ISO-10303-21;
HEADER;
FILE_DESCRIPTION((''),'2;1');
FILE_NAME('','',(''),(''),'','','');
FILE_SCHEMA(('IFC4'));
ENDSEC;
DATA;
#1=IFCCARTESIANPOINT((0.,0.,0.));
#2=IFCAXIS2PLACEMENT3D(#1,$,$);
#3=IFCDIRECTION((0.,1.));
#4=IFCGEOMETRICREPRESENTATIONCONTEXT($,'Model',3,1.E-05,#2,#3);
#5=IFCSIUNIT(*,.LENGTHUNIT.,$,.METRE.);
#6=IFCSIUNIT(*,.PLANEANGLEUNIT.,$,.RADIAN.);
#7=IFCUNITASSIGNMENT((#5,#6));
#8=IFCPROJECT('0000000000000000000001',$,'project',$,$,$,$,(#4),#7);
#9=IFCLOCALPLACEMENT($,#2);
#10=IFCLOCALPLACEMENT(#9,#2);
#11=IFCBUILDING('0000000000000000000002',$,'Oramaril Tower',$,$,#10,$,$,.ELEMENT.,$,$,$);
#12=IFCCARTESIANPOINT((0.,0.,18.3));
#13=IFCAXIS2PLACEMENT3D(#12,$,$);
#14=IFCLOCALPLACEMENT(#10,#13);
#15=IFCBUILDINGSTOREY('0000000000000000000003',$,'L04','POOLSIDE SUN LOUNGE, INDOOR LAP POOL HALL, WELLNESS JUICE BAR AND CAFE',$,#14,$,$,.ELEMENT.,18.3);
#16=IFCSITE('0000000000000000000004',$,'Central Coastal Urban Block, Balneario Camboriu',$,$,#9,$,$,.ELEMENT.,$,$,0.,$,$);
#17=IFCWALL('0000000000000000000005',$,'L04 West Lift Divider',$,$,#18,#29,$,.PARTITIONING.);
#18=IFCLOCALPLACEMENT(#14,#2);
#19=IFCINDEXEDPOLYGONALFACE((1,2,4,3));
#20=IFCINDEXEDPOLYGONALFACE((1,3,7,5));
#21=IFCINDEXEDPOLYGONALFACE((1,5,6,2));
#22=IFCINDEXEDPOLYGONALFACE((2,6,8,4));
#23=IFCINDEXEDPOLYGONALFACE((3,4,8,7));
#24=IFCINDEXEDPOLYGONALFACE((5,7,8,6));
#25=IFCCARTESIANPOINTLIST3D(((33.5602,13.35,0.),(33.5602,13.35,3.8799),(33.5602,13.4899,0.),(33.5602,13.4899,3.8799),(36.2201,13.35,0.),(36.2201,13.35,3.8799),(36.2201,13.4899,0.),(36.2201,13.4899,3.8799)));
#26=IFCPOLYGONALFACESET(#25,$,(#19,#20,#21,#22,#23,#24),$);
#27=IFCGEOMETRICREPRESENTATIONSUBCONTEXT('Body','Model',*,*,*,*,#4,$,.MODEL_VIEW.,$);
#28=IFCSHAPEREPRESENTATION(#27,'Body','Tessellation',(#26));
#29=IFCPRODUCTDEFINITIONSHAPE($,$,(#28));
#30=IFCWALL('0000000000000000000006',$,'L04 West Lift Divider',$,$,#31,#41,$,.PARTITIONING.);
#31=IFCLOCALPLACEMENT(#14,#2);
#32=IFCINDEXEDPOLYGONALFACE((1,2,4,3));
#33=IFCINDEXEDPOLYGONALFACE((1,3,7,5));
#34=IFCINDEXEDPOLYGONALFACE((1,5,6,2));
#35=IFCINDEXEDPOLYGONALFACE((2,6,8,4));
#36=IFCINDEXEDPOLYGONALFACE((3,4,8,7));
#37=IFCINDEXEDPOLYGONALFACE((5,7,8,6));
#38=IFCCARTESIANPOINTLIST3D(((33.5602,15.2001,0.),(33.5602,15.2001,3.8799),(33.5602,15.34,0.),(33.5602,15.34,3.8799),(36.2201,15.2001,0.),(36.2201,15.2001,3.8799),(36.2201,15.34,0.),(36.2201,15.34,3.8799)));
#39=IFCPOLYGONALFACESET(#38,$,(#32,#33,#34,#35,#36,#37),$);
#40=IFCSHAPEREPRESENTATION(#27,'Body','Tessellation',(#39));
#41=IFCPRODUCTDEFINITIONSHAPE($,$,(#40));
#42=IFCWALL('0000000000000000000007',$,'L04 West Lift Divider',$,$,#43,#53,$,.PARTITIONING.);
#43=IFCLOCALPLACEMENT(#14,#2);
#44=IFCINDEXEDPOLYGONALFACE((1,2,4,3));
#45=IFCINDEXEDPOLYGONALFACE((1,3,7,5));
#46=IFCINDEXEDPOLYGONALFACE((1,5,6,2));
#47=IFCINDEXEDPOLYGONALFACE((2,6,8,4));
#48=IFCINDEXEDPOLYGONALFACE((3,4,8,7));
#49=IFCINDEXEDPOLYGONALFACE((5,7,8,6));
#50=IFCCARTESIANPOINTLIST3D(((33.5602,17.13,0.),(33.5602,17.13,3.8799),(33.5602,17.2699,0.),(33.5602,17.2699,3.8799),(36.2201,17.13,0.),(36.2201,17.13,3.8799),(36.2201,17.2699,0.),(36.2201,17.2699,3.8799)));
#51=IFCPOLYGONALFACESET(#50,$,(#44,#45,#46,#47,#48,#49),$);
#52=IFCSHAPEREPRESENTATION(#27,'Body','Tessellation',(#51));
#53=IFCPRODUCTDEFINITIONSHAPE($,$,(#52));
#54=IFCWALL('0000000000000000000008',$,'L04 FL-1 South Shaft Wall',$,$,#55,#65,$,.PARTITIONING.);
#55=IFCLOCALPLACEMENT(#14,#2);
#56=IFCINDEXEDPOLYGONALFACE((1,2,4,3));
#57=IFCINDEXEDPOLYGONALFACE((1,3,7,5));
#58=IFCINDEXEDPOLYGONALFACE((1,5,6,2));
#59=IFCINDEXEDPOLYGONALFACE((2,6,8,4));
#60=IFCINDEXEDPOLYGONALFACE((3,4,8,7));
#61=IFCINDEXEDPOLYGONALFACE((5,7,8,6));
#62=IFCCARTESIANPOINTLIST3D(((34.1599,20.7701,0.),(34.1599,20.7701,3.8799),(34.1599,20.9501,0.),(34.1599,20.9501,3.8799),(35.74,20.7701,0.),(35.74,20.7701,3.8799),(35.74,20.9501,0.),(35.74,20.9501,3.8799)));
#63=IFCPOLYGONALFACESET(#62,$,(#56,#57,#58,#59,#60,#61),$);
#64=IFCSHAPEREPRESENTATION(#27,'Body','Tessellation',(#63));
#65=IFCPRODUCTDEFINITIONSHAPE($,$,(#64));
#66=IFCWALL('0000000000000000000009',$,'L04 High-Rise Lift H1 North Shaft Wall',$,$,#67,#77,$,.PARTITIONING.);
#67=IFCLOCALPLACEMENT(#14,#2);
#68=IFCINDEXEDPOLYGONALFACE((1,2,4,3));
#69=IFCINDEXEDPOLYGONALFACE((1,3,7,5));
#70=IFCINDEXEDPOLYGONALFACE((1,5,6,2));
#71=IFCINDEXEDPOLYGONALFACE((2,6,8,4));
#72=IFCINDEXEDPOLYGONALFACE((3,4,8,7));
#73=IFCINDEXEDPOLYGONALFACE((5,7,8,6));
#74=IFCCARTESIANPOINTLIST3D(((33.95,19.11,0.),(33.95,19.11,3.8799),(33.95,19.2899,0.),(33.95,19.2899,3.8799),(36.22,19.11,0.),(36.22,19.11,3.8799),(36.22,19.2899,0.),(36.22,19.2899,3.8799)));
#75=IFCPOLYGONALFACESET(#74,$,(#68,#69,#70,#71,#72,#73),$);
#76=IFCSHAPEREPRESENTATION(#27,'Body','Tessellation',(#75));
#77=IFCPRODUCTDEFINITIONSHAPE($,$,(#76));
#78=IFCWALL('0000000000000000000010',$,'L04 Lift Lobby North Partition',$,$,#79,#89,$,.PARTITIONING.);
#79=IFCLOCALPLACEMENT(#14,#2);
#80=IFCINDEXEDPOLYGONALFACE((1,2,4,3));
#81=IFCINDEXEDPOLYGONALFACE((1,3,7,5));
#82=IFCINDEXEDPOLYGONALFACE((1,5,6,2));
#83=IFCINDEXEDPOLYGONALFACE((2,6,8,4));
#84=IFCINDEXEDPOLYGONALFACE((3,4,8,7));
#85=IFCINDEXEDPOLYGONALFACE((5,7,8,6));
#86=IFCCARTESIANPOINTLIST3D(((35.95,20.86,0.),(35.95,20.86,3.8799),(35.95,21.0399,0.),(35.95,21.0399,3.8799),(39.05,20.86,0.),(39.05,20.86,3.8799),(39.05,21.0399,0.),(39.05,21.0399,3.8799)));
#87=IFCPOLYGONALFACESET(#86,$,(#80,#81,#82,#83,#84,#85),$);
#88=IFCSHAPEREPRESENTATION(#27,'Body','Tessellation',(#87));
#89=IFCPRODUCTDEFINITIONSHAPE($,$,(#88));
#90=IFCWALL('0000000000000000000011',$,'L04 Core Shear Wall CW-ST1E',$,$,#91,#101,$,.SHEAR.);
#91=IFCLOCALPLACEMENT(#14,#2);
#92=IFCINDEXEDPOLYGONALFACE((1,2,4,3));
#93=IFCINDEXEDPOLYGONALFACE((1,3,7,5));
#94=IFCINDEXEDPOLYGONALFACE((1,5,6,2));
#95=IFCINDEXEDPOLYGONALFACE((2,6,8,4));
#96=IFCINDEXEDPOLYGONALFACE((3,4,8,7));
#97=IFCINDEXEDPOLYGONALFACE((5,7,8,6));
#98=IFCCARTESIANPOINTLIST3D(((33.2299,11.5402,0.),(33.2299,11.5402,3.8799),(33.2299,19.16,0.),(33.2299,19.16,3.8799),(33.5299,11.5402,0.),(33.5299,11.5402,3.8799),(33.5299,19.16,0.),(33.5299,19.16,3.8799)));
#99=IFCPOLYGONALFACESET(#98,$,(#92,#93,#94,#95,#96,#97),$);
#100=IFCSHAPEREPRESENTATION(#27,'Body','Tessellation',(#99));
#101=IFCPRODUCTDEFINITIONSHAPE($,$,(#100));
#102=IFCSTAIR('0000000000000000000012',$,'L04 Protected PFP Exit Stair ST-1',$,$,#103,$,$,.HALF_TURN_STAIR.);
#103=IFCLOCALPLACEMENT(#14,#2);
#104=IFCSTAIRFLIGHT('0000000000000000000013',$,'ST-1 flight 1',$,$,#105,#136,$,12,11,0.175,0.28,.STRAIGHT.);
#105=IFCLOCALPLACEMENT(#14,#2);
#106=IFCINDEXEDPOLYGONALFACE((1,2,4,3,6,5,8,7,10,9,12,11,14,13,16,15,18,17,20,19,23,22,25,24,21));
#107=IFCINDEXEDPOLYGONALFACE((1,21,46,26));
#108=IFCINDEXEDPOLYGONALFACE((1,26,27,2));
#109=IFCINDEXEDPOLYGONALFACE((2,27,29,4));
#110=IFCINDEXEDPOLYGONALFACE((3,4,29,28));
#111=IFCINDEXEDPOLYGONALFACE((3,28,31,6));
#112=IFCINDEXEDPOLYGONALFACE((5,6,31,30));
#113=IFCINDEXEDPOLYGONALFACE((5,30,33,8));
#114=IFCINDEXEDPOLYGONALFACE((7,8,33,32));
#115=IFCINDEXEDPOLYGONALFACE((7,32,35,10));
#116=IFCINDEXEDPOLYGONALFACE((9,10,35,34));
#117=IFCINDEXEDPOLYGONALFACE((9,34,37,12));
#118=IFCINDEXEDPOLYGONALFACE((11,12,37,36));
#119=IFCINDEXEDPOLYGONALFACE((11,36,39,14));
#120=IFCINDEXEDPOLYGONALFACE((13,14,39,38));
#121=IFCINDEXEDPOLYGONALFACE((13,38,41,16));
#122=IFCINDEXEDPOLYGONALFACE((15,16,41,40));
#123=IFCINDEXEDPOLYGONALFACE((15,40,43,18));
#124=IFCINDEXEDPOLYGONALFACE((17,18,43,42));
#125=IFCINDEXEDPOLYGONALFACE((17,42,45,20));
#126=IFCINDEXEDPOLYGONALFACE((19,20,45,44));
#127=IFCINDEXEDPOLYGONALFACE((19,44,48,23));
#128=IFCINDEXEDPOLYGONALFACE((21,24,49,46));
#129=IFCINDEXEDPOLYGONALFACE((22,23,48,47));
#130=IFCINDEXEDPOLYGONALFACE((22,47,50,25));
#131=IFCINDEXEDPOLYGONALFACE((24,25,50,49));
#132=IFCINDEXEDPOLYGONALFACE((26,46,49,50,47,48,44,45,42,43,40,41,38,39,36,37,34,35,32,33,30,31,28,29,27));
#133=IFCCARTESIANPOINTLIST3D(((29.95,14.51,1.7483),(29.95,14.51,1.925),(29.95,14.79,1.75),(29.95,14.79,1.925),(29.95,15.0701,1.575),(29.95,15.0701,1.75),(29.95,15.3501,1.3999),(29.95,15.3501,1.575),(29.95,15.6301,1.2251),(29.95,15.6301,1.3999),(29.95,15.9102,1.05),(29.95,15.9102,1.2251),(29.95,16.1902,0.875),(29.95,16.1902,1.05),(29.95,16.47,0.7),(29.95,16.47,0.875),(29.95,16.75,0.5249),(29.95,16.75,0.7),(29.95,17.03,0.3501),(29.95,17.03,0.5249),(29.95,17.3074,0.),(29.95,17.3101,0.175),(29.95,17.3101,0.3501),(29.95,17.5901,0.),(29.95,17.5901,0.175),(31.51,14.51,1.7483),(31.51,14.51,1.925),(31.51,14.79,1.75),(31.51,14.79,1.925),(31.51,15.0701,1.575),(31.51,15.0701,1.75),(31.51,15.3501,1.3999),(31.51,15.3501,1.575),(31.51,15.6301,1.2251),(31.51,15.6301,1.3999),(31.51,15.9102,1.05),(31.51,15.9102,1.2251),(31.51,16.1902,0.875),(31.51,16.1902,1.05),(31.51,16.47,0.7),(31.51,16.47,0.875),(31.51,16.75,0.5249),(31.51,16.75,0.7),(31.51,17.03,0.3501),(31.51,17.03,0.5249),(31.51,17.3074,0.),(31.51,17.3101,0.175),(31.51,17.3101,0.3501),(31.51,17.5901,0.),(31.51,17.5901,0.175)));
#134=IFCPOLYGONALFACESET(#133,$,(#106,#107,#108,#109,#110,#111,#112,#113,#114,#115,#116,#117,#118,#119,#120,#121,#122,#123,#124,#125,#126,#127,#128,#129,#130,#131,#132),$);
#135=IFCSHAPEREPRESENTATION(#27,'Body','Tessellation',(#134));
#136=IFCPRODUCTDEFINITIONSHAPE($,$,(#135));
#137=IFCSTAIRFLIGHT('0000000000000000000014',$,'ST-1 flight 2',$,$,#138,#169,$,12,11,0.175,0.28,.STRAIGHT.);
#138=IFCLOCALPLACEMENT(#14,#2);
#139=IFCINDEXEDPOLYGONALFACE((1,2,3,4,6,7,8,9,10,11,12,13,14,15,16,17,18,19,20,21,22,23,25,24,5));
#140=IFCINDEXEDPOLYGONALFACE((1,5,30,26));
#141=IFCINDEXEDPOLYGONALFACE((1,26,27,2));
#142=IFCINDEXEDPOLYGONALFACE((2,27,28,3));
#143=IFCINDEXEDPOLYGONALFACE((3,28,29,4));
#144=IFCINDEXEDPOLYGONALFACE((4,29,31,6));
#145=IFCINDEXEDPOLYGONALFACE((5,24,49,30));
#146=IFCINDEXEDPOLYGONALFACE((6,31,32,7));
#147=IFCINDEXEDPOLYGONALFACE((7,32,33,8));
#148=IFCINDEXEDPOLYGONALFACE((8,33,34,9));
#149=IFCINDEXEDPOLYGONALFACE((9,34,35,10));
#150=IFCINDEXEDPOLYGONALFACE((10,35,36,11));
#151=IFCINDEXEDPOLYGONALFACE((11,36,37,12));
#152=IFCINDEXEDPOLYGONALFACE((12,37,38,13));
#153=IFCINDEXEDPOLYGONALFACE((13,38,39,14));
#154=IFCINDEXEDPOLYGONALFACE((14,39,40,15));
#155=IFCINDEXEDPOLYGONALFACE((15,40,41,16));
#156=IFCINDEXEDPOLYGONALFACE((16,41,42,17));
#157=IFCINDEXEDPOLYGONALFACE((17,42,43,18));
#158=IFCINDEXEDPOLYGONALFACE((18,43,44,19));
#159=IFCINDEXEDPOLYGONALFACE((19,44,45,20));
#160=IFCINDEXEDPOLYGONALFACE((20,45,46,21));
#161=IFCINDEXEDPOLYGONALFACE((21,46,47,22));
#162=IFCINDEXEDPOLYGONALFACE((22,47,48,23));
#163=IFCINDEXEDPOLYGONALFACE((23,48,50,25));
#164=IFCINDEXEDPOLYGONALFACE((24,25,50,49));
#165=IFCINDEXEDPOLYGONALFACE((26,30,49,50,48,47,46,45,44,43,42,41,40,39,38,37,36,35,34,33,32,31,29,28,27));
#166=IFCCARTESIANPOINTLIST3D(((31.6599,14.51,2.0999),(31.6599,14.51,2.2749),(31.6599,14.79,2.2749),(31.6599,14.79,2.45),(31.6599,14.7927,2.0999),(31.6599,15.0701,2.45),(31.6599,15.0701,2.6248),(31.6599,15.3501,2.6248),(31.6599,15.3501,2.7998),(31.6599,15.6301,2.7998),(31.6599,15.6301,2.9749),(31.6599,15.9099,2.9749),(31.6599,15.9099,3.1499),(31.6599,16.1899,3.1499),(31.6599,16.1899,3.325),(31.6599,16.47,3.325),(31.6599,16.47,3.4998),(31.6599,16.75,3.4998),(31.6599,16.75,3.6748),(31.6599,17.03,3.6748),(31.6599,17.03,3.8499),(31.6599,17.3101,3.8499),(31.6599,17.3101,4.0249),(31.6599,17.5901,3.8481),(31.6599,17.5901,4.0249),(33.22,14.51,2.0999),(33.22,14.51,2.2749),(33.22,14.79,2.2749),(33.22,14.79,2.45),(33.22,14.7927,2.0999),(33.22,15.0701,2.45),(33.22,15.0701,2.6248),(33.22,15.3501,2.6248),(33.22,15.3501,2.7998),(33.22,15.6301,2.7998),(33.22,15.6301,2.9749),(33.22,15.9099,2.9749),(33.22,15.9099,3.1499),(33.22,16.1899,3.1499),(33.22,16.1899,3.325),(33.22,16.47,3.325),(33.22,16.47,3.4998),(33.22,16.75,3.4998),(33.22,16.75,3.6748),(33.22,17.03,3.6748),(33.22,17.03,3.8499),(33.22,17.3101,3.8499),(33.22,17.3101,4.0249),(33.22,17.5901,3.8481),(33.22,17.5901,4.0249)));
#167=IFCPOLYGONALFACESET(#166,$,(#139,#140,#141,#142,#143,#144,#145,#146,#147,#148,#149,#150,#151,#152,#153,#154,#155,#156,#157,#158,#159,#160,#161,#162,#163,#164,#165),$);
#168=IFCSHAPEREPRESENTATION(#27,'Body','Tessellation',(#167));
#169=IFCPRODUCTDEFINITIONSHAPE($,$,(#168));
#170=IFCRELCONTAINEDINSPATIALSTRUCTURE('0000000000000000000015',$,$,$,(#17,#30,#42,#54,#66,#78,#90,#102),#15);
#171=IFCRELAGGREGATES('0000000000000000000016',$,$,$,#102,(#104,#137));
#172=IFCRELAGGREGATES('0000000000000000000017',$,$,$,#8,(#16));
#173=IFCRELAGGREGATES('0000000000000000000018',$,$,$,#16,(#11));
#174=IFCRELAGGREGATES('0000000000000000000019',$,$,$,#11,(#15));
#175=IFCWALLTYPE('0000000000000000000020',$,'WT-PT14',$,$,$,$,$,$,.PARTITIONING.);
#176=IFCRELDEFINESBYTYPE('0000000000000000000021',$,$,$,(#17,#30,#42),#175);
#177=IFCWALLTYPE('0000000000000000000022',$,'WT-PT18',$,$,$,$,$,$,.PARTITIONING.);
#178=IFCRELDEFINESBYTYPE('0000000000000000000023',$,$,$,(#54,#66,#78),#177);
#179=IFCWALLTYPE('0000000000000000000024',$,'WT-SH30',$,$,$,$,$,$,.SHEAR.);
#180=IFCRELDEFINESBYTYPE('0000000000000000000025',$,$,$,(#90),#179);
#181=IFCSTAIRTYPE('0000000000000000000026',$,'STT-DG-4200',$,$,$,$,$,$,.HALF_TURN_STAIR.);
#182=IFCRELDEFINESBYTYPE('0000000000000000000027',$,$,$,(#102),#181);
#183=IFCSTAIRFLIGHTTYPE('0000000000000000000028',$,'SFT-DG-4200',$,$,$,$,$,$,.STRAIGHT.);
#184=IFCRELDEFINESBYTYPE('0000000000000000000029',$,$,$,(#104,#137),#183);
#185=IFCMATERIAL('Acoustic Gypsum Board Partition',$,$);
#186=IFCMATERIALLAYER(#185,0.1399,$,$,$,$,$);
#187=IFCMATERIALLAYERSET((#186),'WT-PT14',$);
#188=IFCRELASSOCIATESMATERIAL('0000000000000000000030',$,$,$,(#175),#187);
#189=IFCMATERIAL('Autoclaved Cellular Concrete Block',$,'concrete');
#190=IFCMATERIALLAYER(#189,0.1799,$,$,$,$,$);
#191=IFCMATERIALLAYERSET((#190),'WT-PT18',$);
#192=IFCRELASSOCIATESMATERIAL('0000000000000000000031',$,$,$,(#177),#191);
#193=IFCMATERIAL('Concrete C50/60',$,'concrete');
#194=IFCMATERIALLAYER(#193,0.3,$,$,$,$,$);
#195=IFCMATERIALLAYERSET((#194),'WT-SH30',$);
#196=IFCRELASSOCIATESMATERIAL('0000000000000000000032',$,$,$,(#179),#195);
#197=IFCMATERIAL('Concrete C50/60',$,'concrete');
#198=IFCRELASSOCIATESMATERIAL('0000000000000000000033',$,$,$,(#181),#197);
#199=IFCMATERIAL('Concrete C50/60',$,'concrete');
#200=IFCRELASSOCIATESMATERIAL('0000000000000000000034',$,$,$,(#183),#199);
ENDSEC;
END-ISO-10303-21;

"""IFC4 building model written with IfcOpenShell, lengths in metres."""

from ifc_helpers import new_model, si_unit, direction, frame, frame_2d, origin, place, context, subcontext, project, spatial, polyline, rectangle, outline, extrude, material, layer, layer_set, type_object, element, aggregate, save


model = new_model("IFC4")

# Units and contexts
model_context = context("Model", 3, precision=1e-05, world=origin(), true_north=direction((0.0, 1.0)))
body_context = subcontext(model_context, "Body", "Model", "MODEL_VIEW")
ifc_project = project(units=[si_unit("LENGTHUNIT", "METRE"), si_unit("PLANEANGLEUNIT", "RADIAN")], contexts=[model_context])

# Site, building, storey
site_placement = place(None, origin())
site = spatial("IfcSite", under=ifc_project, at=site_placement, Name="Central Coastal Urban Block, Balneario Camboriu", CompositionType="ELEMENT", RefElevation=0.0)
building_placement = place(site_placement, origin())
building = spatial("IfcBuilding", under=site, at=building_placement, Name="Oramaril Tower", CompositionType="ELEMENT")
storey_placement = place(building_placement, frame((0.0, 0.0, 18.3)))
storey = spatial("IfcBuildingStorey", under=building, at=storey_placement, Name="L04", Description="POOLSIDE SUN LOUNGE, INDOOR LAP POOL HALL, WELLNESS JUICE BAR AND CAFE", CompositionType="ELEMENT", Elevation=18.3)

# Walls
ifc_material_1 = material(Name="Acoustic Gypsum Board Partition")
ifc_layer_1 = layer(ifc_material_1, 0.1399)
ifc_layer_set_1 = layer_set([ifc_layer_1], Name="WT-PT14")
wall_type_1 = type_object("IfcWallType", Name="WT-PT14", PredefinedType="PARTITIONING", material=ifc_layer_set_1)
for number, where, z_axis, x_axis, name in (
    (1, (33.5601, 13.4199, 0.0), (0.0, 0.0, 1.0), (1.0, 0.0, 0.0), "L04 West Lift Divider"),
    (2, (33.5601, 15.27, 0.0), (0.0, 0.0, 1.0), (1.0, 0.0, 0.0), "L04 West Lift Divider"),
    (3, (33.5601, 17.2, 0.0), (0.0, 0.0, 1.0), (1.0, 0.0, 0.0), "L04 West Lift Divider"),
):
    element("IfcWall", number, at=place(storey_placement, frame(where, z_axis=z_axis, x_axis=x_axis)), inside=storey, type_object=wall_type_1, Name=name, PredefinedType="PARTITIONING", context=body_context, shape_type="SweptSolid", body=[
        extrude(rectangle(XDim=2.6599, YDim=0.1399, at=frame_2d((1.3301, 0.0))), origin(), (0.0, 0.0, 1.0), 3.8799),
    ])
ifc_material_2 = material(Name="Autoclaved Cellular Concrete Block", Category="concrete")
ifc_layer_2 = layer(ifc_material_2, 0.1799)
ifc_layer_set_2 = layer_set([ifc_layer_2], Name="WT-PT18")
wall_type_2 = type_object("IfcWallType", Name="WT-PT18", PredefinedType="PARTITIONING", material=ifc_layer_set_2)
wall_1_placement = place(storey_placement, frame((34.1599, 20.8601, 0.0), z_axis=(0.0, 0.0, 1.0), x_axis=(1.0, 0.0, 0.0)))
element("IfcWall", 4, at=wall_1_placement, inside=storey, type_object=wall_type_2, Name="L04 FL-1 South Shaft Wall", PredefinedType="PARTITIONING", context=body_context, shape_type="SweptSolid", body=[
    extrude(rectangle(XDim=1.5801, YDim=0.1799, at=frame_2d((0.79, 0.0))), origin(), (0.0, 0.0, 1.0), 3.8799),
])
wall_2_placement = place(storey_placement, frame((33.95, 19.2, 0.0), z_axis=(0.0, 0.0, 1.0), x_axis=(1.0, 0.0, 0.0)))
element("IfcWall", 5, at=wall_2_placement, inside=storey, type_object=wall_type_2, Name="L04 High-Rise Lift H1 North Shaft Wall", PredefinedType="PARTITIONING", context=body_context, shape_type="SweptSolid", body=[
    extrude(rectangle(XDim=2.27, YDim=0.1799, at=frame_2d((1.135, 0.0))), origin(), (0.0, 0.0, 1.0), 3.8799),
])
wall_3_placement = place(storey_placement, frame((35.95, 20.95, 0.0), z_axis=(0.0, 0.0, 1.0), x_axis=(1.0, 0.0, 0.0)))
element("IfcWall", 6, at=wall_3_placement, inside=storey, type_object=wall_type_2, Name="L04 Lift Lobby North Partition", PredefinedType="PARTITIONING", context=body_context, shape_type="SweptSolid", body=[
    extrude(rectangle(XDim=3.1001, YDim=0.1799, at=frame_2d((1.55, 0.0))), origin(), (0.0, 0.0, 1.0), 3.8799),
])

# Shared definitions
ifc_material_3 = material(Name="Concrete C50/60", Category="concrete")
ifc_layer_3 = layer(ifc_material_3, 0.3)
ifc_layer_set_3 = layer_set([ifc_layer_3], Name="WT-SH30")
wall_type_3 = type_object("IfcWallType", Name="WT-SH30", PredefinedType="SHEAR", material=ifc_layer_set_3)

# Wall
wall_4_placement = place(storey_placement, frame((33.3799, 11.54, 0.0), z_axis=(0.0, 0.0, 1.0), x_axis=(0.0, 1.0, 0.0)))
element("IfcWall", 7, at=wall_4_placement, inside=storey, type_object=wall_type_3, Name="L04 Core Shear Wall CW-ST1E", PredefinedType="SHEAR", context=body_context, shape_type="SweptSolid", body=[
    extrude(rectangle(XDim=7.6199, YDim=0.3, at=frame_2d((3.8101, 0.0))), origin(), (0.0, 0.0, 1.0), 3.8799),
])

# Stair, stair flights
ifc_material_4 = material(Name="Concrete C50/60", Category="concrete")
stair_type = type_object("IfcStairType", Name="STT-DG-4200", PredefinedType="HALF_TURN_STAIR", material=ifc_material_4)
stair_placement = place(storey_placement, origin())
stair = element("IfcStair", 8, at=stair_placement, inside=storey, type_object=stair_type, Name="L04 Protected PFP Exit Stair ST-1", PredefinedType="HALF_TURN_STAIR")
ifc_material_5 = material(Name="Concrete C50/60", Category="concrete")
stair_flight_type = type_object("IfcStairFlightType", Name="SFT-DG-4200", PredefinedType="STRAIGHT", material=ifc_material_5)
stair_flight_1_placement = place(storey_placement, frame((30.73, 17.5901, 0.0), z_axis=(0.0, 0.0, 1.0), x_axis=(0.0, -1.0, 0.0)))
stair_flight_1 = element("IfcStairFlight", 9, at=stair_flight_1_placement, type_object=stair_flight_type, Name="ST-1 flight 1", NumberOfRisers=12, NumberOfTreads=11, PredefinedType="STRAIGHT", RiserHeight=0.175, TreadLength=0.28, context=body_context, shape_type="SweptSolid", body=[
    extrude(outline(polyline([(0.0, 0.0), (0.0, 0.175), (0.28, 0.175), (0.28, 0.3501), (0.5601, 0.3501), (0.5601, 0.5249), (0.8401, 0.5249), (0.8401, 0.7), (1.1201, 0.7), (1.1201, 0.875), (1.3999, 0.875), (1.3999, 1.05), (1.6799, 1.05), (1.6799, 1.2251), (1.96, 1.2251), (1.96, 1.3999), (2.24, 1.3999), (2.24, 1.575), (2.52, 1.575), (2.52, 1.75), (2.8, 1.75), (2.8, 1.925), (3.0801, 1.925), (3.0801, 2.1001), (3.0801, 1.7483), (0.2827, 0.0), (0.0, 0.0)])), frame((0.0, 0.78, 0.0), z_axis=(0.0, -1.0, 0.0), x_axis=(1.0, 0.0, 0.0)), (0.0, 0.0, 1.0), 1.5601),
])
stair_flight_2_placement = place(storey_placement, frame((32.4399, 14.51, 2.0999), z_axis=(0.0, 0.0, 1.0), x_axis=(0.0, 1.0, 0.0)))
stair_flight_2 = element("IfcStairFlight", 10, at=stair_flight_2_placement, type_object=stair_flight_type, Name="ST-1 flight 2", NumberOfRisers=12, NumberOfTreads=11, PredefinedType="STRAIGHT", RiserHeight=0.175, TreadLength=0.28, context=body_context, shape_type="SweptSolid", body=[
    extrude(outline(polyline([(0.0, 0.0), (0.0, 0.175), (0.28, 0.175), (0.28, 0.3501), (0.5601, 0.3501), (0.5601, 0.5249), (0.8401, 0.5249), (0.8401, 0.7), (1.1201, 0.7), (1.1201, 0.875), (1.3999, 0.875), (1.3999, 1.05), (1.6799, 1.05), (1.6799, 1.2251), (1.96, 1.2251), (1.96, 1.3999), (2.24, 1.3999), (2.24, 1.575), (2.52, 1.575), (2.52, 1.75), (2.8, 1.75), (2.8, 1.925), (3.0801, 1.925), (3.0801, 2.1001), (3.0801, 1.7483), (0.2827, 0.0), (0.0, 0.0)])), frame((0.0, 0.78, 0.0), z_axis=(0.0, -1.0, 0.0), x_axis=(1.0, 0.0, 0.0)), (0.0, 0.0, 1.0), 1.5601),
])
aggregate(stair, [stair_flight_1, stair_flight_2])

save(model, "model.ifc")
